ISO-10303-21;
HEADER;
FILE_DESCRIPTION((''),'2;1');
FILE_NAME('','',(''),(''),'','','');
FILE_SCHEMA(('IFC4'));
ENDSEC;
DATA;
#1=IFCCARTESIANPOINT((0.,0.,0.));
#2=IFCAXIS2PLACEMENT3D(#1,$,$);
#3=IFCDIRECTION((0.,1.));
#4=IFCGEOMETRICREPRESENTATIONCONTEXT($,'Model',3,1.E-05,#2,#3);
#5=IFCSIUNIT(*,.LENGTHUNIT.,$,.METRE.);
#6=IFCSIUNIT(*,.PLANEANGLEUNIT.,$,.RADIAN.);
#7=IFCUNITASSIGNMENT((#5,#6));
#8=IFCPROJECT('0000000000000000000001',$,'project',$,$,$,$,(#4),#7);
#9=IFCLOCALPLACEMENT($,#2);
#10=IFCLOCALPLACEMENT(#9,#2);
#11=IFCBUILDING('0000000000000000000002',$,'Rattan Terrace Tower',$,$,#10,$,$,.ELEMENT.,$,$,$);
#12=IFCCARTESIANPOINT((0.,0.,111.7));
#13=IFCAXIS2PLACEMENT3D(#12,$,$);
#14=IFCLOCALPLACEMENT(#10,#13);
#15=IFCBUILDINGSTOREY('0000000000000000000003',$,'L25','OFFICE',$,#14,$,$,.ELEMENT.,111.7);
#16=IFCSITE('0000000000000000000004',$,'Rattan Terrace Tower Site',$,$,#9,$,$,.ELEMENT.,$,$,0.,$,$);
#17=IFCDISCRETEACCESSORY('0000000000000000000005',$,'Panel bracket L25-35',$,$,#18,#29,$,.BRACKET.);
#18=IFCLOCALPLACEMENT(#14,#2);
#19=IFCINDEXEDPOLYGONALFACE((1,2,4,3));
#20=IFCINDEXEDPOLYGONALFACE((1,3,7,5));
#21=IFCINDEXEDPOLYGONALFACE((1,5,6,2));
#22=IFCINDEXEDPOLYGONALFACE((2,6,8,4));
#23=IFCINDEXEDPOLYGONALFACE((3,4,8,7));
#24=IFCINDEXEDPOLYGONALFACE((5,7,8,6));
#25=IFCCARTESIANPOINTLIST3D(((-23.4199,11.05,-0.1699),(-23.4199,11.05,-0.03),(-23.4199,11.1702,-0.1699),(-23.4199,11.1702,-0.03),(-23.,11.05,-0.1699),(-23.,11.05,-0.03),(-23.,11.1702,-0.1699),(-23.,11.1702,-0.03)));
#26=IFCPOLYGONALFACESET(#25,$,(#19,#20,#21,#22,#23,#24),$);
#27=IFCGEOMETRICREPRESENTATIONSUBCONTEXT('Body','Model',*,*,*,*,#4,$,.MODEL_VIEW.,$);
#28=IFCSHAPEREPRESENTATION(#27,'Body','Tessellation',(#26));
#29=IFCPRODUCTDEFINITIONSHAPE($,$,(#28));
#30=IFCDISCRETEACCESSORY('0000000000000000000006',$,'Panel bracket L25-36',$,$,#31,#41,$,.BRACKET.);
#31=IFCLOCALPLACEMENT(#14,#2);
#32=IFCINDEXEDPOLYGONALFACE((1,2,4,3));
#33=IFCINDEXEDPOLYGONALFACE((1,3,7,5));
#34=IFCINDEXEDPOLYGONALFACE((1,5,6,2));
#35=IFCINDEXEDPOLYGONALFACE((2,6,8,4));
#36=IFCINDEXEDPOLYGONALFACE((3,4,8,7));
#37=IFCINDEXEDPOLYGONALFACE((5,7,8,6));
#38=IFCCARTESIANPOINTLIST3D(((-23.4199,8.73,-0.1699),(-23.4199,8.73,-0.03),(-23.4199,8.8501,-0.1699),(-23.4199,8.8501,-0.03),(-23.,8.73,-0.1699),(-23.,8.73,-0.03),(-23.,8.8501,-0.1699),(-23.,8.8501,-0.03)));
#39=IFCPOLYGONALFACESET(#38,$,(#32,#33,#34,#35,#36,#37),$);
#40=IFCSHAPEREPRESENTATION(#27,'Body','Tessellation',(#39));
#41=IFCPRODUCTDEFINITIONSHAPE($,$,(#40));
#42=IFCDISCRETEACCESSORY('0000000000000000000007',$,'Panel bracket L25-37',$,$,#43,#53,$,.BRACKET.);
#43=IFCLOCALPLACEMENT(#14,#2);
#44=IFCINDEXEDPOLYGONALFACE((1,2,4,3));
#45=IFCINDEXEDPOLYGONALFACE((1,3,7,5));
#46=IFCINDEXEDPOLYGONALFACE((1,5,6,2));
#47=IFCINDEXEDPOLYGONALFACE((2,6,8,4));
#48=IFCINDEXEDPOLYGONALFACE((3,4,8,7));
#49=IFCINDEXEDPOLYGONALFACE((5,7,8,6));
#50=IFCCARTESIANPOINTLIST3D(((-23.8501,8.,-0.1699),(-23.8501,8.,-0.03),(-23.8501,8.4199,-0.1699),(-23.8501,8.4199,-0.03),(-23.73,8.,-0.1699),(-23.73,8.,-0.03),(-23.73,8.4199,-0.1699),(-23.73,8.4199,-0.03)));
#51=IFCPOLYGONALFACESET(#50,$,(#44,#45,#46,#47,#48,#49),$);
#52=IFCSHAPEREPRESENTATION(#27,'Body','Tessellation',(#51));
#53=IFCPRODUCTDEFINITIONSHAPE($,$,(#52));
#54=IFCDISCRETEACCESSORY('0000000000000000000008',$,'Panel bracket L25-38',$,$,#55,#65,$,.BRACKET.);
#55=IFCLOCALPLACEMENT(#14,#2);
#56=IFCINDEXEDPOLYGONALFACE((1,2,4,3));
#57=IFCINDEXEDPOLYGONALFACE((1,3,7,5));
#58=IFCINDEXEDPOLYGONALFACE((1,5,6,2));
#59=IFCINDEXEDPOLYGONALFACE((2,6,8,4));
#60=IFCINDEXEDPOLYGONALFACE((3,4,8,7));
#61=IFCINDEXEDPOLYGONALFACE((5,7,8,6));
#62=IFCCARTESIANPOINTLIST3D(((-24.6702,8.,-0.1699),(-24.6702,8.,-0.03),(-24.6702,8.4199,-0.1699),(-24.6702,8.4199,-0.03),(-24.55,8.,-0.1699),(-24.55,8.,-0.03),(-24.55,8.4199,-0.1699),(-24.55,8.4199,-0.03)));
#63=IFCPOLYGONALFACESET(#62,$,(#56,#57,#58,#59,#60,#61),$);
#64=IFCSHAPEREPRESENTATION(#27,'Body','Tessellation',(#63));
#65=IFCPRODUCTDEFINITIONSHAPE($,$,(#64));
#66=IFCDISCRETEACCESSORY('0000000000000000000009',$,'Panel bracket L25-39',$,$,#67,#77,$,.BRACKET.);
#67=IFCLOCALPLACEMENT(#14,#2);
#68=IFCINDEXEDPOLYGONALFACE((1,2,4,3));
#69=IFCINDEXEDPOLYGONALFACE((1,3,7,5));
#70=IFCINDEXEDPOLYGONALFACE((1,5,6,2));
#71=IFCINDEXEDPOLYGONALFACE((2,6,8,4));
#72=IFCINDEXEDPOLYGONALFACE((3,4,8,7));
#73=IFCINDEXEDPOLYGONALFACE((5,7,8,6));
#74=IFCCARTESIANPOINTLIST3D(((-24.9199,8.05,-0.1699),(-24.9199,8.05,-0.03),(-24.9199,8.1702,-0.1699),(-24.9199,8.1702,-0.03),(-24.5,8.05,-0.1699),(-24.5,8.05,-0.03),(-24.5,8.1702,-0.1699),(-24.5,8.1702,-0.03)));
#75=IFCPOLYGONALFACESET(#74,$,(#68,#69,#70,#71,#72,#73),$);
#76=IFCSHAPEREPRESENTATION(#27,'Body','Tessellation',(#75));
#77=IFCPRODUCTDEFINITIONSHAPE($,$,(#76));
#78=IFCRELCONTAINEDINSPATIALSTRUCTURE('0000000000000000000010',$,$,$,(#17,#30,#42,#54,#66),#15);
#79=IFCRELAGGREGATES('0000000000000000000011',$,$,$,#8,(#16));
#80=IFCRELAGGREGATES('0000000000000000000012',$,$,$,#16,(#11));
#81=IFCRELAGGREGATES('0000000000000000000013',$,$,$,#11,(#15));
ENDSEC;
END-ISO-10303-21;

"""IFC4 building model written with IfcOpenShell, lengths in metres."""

from ifc_helpers import new_model, si_unit, direction, frame, origin, origin_2d, place, context, subcontext, project, spatial, rectangle, extrude, element, save


model = new_model("IFC4")

# Units and contexts
model_context = context("Model", 3, precision=1e-05, world=origin(), true_north=direction((0.0, 1.0)))
body_context = subcontext(model_context, "Body", "Model", "MODEL_VIEW")
ifc_project = project(units=[si_unit("LENGTHUNIT", "METRE"), si_unit("PLANEANGLEUNIT", "RADIAN")], contexts=[model_context])

# Site, building, storey
site_placement = place(None, origin())
site = spatial("IfcSite", under=ifc_project, at=site_placement, Name="Rattan Terrace Tower Site", CompositionType="ELEMENT", RefElevation=0.0)
building_placement = place(site_placement, origin())
building = spatial("IfcBuilding", under=site, at=building_placement, Name="Rattan Terrace Tower", CompositionType="ELEMENT")
storey_placement = place(building_placement, frame((0.0, 0.0, 111.7)))
storey = spatial("IfcBuildingStorey", under=building, at=storey_placement, Name="L25", Description="OFFICE", CompositionType="ELEMENT", Elevation=111.7)

# Discrete accessories
for number, where, z_axis, x_axis, name in (
    (1, (-23.21, 11.1101, -0.1699), (0.0, 0.0, 1.0), (0.0, -1.0, 0.0), "Panel bracket L25-35"),
    (2, (-23.21, 8.79, -0.1699), (0.0, 0.0, 1.0), (0.0, -1.0, 0.0), "Panel bracket L25-36"),
    (3, (-23.79, 8.21, -0.1699), (0.0, 0.0, 1.0), (-1.0, 0.0, 0.0), "Panel bracket L25-37"),
    (4, (-24.6101, 8.21, -0.1699), (0.0, 0.0, 1.0), (-1.0, 0.0, 0.0), "Panel bracket L25-38"),
    (5, (-24.71, 8.1101, -0.1699), (0.0, 0.0, 1.0), (0.0, -1.0, 0.0), "Panel bracket L25-39"),
):
    element("IfcDiscreteAccessory", number, at=place(storey_placement, frame(where, z_axis=z_axis, x_axis=x_axis)), inside=storey, Name=name, PredefinedType="BRACKET", context=body_context, shape_type="SweptSolid", body=[
        extrude(rectangle(XDim=0.1201, YDim=0.4199, at=origin_2d()), origin(), (0.0, 0.0, 1.0), 0.1399),
    ])

save(model, "model.ifc")
